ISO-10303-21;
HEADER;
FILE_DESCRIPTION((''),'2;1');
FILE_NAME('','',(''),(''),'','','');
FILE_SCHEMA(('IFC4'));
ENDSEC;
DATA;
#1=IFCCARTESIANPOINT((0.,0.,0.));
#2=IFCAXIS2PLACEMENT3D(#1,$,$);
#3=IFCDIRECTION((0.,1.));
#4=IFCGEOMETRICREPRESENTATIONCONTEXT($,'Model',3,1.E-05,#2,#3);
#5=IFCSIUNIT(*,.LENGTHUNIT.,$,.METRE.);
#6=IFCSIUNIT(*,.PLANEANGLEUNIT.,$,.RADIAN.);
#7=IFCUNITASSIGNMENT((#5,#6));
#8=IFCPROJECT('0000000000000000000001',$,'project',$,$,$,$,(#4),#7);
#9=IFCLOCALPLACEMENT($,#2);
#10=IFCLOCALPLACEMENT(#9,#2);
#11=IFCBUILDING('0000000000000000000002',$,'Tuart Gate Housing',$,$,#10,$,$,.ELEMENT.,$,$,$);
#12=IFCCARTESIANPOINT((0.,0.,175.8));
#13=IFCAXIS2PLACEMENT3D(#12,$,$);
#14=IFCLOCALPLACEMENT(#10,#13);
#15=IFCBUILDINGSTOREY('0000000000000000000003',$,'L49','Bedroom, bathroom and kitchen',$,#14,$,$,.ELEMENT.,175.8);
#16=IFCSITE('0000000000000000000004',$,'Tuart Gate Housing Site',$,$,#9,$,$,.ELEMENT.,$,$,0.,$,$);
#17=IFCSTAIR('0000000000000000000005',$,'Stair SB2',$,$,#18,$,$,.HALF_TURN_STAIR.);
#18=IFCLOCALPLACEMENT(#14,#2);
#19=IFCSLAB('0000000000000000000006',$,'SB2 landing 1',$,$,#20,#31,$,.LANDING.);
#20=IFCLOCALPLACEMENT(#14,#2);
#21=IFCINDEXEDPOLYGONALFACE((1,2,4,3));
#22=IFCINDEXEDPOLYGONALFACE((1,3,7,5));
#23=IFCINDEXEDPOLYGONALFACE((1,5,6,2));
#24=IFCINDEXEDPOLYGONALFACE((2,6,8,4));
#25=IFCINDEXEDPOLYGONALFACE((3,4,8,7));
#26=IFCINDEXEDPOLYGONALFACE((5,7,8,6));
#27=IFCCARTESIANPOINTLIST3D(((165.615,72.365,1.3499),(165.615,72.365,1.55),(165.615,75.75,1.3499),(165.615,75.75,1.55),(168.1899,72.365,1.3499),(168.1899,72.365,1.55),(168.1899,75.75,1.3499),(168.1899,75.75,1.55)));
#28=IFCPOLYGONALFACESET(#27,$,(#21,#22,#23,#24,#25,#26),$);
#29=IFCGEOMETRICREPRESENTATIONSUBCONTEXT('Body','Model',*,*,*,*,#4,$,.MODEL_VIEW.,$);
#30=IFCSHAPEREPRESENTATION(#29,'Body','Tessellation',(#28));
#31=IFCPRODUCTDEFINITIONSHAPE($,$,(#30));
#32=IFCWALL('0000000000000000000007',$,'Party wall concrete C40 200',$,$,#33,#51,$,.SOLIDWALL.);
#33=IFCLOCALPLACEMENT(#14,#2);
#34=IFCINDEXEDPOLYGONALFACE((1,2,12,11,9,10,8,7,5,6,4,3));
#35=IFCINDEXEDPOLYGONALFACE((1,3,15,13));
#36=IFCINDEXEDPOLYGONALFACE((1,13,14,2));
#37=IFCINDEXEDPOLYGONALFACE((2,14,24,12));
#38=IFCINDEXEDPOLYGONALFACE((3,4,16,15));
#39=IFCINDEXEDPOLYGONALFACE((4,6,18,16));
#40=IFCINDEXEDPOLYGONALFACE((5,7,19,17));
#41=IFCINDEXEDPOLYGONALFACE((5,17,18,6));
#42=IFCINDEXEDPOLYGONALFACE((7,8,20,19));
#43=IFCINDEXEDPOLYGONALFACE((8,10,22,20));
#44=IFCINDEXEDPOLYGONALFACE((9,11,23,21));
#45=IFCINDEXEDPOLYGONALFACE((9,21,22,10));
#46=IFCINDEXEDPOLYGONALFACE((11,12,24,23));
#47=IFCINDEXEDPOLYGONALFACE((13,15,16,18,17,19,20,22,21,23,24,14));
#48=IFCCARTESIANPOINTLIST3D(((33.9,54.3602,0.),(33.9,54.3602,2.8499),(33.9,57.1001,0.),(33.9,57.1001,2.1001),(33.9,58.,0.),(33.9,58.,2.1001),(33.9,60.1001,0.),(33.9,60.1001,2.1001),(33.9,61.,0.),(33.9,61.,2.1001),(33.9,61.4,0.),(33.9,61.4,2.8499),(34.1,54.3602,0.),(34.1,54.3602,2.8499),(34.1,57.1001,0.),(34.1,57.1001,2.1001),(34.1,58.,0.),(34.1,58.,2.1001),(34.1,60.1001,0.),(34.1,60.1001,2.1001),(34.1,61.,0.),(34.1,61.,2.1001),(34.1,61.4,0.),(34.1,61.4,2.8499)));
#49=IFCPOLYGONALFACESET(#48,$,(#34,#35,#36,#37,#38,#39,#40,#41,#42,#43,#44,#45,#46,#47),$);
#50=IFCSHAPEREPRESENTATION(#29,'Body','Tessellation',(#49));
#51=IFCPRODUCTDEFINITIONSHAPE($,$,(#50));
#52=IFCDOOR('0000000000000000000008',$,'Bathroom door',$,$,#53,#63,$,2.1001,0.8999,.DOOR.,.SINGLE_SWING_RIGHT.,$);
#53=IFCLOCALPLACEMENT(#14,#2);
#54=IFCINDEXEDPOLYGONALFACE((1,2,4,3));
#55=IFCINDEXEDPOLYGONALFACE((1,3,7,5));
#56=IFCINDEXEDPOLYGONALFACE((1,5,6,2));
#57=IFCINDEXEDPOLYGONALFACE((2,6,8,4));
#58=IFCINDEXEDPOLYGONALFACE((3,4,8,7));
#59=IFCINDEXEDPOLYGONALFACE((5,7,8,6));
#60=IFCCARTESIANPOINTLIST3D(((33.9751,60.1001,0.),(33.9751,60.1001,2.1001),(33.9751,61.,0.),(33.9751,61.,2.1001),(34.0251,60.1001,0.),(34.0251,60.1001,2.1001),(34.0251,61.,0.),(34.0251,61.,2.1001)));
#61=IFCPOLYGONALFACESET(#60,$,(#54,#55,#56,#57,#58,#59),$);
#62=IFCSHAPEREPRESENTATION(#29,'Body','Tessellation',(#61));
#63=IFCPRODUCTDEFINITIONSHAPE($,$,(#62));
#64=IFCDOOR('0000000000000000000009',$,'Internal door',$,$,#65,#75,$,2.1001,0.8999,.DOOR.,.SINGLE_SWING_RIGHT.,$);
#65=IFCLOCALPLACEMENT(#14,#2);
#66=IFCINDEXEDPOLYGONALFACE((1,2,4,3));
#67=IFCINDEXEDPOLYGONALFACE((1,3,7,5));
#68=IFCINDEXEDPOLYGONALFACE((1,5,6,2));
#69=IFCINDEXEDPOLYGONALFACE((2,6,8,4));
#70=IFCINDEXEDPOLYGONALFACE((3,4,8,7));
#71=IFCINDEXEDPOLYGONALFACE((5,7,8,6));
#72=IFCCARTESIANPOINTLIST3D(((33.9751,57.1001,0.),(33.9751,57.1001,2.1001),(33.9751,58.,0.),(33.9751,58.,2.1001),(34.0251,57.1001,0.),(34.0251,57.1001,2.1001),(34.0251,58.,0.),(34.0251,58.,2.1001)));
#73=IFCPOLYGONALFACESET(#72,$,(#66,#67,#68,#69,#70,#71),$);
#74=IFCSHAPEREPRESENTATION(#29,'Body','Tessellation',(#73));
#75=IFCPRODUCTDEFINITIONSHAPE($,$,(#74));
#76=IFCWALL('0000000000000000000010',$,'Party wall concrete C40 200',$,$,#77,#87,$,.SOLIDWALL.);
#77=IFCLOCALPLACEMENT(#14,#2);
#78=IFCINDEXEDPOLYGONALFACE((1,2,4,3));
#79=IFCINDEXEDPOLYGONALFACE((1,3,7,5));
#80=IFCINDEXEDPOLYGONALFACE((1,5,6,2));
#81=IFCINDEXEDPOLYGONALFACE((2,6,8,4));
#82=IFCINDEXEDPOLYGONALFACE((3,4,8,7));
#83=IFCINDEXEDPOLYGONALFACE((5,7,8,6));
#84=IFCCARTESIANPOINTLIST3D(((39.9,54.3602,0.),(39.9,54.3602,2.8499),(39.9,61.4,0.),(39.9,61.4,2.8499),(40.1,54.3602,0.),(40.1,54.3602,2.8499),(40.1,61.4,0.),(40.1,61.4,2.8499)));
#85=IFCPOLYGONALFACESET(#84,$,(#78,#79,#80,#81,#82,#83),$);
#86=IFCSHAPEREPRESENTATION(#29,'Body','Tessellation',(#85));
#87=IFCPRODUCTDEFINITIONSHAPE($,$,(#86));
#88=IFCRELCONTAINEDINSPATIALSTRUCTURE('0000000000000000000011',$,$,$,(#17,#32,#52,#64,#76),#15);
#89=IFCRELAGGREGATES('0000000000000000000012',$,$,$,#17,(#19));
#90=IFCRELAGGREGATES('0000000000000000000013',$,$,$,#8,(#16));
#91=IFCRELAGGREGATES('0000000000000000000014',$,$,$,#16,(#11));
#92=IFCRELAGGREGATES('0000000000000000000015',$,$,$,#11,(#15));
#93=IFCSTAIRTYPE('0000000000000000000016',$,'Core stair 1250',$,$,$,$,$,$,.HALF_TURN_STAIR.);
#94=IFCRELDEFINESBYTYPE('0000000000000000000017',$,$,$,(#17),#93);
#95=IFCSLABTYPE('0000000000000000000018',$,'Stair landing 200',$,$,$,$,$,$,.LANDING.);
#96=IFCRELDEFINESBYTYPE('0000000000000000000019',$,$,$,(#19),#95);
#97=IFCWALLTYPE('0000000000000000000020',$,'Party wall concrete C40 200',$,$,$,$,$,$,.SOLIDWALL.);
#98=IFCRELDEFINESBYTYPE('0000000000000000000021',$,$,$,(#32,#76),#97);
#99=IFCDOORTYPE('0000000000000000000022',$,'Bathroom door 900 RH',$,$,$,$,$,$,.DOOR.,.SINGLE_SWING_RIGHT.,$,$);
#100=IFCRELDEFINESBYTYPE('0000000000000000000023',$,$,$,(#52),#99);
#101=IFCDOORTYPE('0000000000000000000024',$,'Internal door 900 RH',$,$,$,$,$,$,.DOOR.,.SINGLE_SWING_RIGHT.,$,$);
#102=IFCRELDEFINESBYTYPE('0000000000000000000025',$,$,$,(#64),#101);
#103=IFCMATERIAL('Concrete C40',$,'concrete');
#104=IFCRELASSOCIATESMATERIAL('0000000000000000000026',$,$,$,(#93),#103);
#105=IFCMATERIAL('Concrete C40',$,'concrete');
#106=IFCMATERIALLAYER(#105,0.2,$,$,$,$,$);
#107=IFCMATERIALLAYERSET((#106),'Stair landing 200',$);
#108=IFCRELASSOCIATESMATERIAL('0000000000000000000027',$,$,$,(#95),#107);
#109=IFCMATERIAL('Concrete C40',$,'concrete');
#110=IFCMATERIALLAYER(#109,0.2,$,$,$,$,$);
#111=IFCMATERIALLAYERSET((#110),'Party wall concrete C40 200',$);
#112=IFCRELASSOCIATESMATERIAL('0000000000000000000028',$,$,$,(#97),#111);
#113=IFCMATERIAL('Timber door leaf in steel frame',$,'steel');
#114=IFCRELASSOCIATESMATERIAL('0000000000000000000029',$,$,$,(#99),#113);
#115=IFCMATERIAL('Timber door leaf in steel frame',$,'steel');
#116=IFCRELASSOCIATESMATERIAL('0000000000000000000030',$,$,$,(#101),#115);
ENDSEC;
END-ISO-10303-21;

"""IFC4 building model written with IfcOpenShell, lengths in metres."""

from ifc_helpers import new_model, si_unit, direction, frame, frame_2d, origin, place, context, subcontext, project, spatial, polyline, rectangle, outline, extrude, material, layer, layer_set, type_object, element, fill, aggregate, save


model = new_model("IFC4")

# Units and contexts
model_context = context("Model", 3, precision=1e-05, world=origin(), true_north=direction((0.0, 1.0)))
body_context = subcontext(model_context, "Body", "Model", "MODEL_VIEW")
ifc_project = project(units=[si_unit("LENGTHUNIT", "METRE"), si_unit("PLANEANGLEUNIT", "RADIAN")], contexts=[model_context])

# Site, building, storey
site_placement = place(None, origin())
site = spatial("IfcSite", under=ifc_project, at=site_placement, Name="Tuart Gate Housing Site", CompositionType="ELEMENT", RefElevation=0.0)
building_placement = place(site_placement, origin())
building = spatial("IfcBuilding", under=site, at=building_placement, Name="Tuart Gate Housing", CompositionType="ELEMENT")
storey_placement = place(building_placement, frame((0.0, 0.0, 175.8)))
storey = spatial("IfcBuildingStorey", under=building, at=storey_placement, Name="L49", Description="Bedroom, bathroom and kitchen", CompositionType="ELEMENT", Elevation=175.8)

# Stair, slab
ifc_material_1 = material(Name="Concrete C40", Category="concrete")
stair_type = type_object("IfcStairType", Name="Core stair 1250", PredefinedType="HALF_TURN_STAIR", material=ifc_material_1)
stair_placement = place(storey_placement, origin())
stair = element("IfcStair", 1, at=stair_placement, inside=storey, type_object=stair_type, Name="Stair SB2", PredefinedType="HALF_TURN_STAIR")
ifc_material_2 = material(Name="Concrete C40", Category="concrete")
ifc_layer_1 = layer(ifc_material_2, 0.2)
ifc_layer_set_1 = layer_set([ifc_layer_1], Name="Stair landing 200")
slab_type = type_object("IfcSlabType", Name="Stair landing 200", PredefinedType="LANDING", material=ifc_layer_set_1)
slab_placement = place(storey_placement, frame((0.0, 0.0, 1.3499)))
slab = element("IfcSlab", 2, at=slab_placement, type_object=slab_type, Name="SB2 landing 1", PredefinedType="LANDING", context=body_context, shape_type="SweptSolid", body=[
    extrude(outline(polyline([(165.615, 72.365), (168.1899, 72.365), (168.1899, 75.75), (165.615, 75.75), (165.615, 72.365)])), origin(), (0.0, 0.0, 1.0), 0.2002),
])
aggregate(stair, [slab])

# Wall, openings, doors
ifc_material_3 = material(Name="Concrete C40", Category="concrete")
ifc_layer_2 = layer(ifc_material_3, 0.2)
ifc_layer_set_2 = layer_set([ifc_layer_2], Name="Party wall concrete C40 200")
wall_type_1 = type_object("IfcWallType", Name="Party wall concrete C40 200", PredefinedType="SOLIDWALL", material=ifc_layer_set_2)
wall_1_placement = place(storey_placement, frame((34.0, 54.3601, 0.0), z_axis=(0.0, 0.0, 1.0), x_axis=(0.0, 1.0, 0.0)))
wall_1 = element("IfcWall", 3, at=wall_1_placement, inside=storey, type_object=wall_type_1, Name="Party wall concrete C40 200", PredefinedType="SOLIDWALL", context=body_context, shape_type="SweptSolid", body=[
    extrude(rectangle(XDim=7.0398, YDim=0.2, at=frame_2d((3.52, 0.0))), origin(), (0.0, 0.0, 1.0), 2.8499),
])
opening_1_placement = place(wall_1_placement, frame((2.74, 0.0, 0.0)))
opening_1 = element("IfcOpeningElement", 4, at=opening_1_placement, cuts=wall_1, PredefinedType="OPENING", context=body_context, shape_type="SweptSolid", body=[
    extrude(rectangle(XDim=0.8999, YDim=2.1001, at=frame_2d((0.45, 1.05))), frame((0.0, 0.1099, 0.0), z_axis=(0.0, -1.0, 0.0), x_axis=(1.0, 0.0, 0.0)), (0.0, 0.0, 1.0), 0.22),
])
opening_2_placement = place(wall_1_placement, frame((5.74, 0.0, 0.0)))
opening_2 = element("IfcOpeningElement", 5, at=opening_2_placement, cuts=wall_1, PredefinedType="OPENING", context=body_context, shape_type="SweptSolid", body=[
    extrude(rectangle(XDim=0.8999, YDim=2.1001, at=frame_2d((0.45, 1.05))), frame((0.0, 0.1099, 0.0), z_axis=(0.0, -1.0, 0.0), x_axis=(1.0, 0.0, 0.0)), (0.0, 0.0, 1.0), 0.22),
])
ifc_material_4 = material(Name="Timber door leaf in steel frame", Category="steel")
door_type_1 = type_object("IfcDoorType", Name="Bathroom door 900 RH", OperationType="SINGLE_SWING_RIGHT", PredefinedType="DOOR", material=ifc_material_4)
door_1_placement = place(opening_2_placement, origin())
door_1 = element("IfcDoor", 6, at=door_1_placement, inside=storey, type_object=door_type_1, Name="Bathroom door", OperationType="SINGLE_SWING_RIGHT", OverallHeight=2.1001, OverallWidth=0.8999, PredefinedType="DOOR", context=body_context, shape_type="SweptSolid", body=[
    extrude(rectangle(XDim=0.8999, YDim=2.1001, at=frame_2d((0.45, 1.05))), frame((0.0, 0.0249, 0.0), z_axis=(0.0, -1.0, 0.0), x_axis=(1.0, 0.0, 0.0)), (0.0, 0.0, 1.0), 0.05),
])
fill(opening_2, door_1)
ifc_material_5 = material(Name="Timber door leaf in steel frame", Category="steel")
door_type_2 = type_object("IfcDoorType", Name="Internal door 900 RH", OperationType="SINGLE_SWING_RIGHT", PredefinedType="DOOR", material=ifc_material_5)
door_2_placement = place(opening_1_placement, origin())
door_2 = element("IfcDoor", 7, at=door_2_placement, inside=storey, type_object=door_type_2, Name="Internal door", OperationType="SINGLE_SWING_RIGHT", OverallHeight=2.1001, OverallWidth=0.8999, PredefinedType="DOOR", context=body_context, shape_type="SweptSolid", body=[
    extrude(rectangle(XDim=0.8999, YDim=2.1001, at=frame_2d((0.45, 1.05))), frame((0.0, 0.0249, 0.0), z_axis=(0.0, -1.0, 0.0), x_axis=(1.0, 0.0, 0.0)), (0.0, 0.0, 1.0), 0.05),
])
fill(opening_1, door_2)

# Wall
wall_2_placement = place(storey_placement, frame((40.0, 54.3601, 0.0), z_axis=(0.0, 0.0, 1.0), x_axis=(0.0, 1.0, 0.0)))
element("IfcWall", 8, at=wall_2_placement, inside=storey, type_object=wall_type_1, Name="Party wall concrete C40 200", PredefinedType="SOLIDWALL", context=body_context, shape_type="SweptSolid", body=[
    extrude(rectangle(XDim=7.0398, YDim=0.2, at=frame_2d((3.52, 0.0))), origin(), (0.0, 0.0, 1.0), 2.8499),
])

save(model, "model.ifc")
